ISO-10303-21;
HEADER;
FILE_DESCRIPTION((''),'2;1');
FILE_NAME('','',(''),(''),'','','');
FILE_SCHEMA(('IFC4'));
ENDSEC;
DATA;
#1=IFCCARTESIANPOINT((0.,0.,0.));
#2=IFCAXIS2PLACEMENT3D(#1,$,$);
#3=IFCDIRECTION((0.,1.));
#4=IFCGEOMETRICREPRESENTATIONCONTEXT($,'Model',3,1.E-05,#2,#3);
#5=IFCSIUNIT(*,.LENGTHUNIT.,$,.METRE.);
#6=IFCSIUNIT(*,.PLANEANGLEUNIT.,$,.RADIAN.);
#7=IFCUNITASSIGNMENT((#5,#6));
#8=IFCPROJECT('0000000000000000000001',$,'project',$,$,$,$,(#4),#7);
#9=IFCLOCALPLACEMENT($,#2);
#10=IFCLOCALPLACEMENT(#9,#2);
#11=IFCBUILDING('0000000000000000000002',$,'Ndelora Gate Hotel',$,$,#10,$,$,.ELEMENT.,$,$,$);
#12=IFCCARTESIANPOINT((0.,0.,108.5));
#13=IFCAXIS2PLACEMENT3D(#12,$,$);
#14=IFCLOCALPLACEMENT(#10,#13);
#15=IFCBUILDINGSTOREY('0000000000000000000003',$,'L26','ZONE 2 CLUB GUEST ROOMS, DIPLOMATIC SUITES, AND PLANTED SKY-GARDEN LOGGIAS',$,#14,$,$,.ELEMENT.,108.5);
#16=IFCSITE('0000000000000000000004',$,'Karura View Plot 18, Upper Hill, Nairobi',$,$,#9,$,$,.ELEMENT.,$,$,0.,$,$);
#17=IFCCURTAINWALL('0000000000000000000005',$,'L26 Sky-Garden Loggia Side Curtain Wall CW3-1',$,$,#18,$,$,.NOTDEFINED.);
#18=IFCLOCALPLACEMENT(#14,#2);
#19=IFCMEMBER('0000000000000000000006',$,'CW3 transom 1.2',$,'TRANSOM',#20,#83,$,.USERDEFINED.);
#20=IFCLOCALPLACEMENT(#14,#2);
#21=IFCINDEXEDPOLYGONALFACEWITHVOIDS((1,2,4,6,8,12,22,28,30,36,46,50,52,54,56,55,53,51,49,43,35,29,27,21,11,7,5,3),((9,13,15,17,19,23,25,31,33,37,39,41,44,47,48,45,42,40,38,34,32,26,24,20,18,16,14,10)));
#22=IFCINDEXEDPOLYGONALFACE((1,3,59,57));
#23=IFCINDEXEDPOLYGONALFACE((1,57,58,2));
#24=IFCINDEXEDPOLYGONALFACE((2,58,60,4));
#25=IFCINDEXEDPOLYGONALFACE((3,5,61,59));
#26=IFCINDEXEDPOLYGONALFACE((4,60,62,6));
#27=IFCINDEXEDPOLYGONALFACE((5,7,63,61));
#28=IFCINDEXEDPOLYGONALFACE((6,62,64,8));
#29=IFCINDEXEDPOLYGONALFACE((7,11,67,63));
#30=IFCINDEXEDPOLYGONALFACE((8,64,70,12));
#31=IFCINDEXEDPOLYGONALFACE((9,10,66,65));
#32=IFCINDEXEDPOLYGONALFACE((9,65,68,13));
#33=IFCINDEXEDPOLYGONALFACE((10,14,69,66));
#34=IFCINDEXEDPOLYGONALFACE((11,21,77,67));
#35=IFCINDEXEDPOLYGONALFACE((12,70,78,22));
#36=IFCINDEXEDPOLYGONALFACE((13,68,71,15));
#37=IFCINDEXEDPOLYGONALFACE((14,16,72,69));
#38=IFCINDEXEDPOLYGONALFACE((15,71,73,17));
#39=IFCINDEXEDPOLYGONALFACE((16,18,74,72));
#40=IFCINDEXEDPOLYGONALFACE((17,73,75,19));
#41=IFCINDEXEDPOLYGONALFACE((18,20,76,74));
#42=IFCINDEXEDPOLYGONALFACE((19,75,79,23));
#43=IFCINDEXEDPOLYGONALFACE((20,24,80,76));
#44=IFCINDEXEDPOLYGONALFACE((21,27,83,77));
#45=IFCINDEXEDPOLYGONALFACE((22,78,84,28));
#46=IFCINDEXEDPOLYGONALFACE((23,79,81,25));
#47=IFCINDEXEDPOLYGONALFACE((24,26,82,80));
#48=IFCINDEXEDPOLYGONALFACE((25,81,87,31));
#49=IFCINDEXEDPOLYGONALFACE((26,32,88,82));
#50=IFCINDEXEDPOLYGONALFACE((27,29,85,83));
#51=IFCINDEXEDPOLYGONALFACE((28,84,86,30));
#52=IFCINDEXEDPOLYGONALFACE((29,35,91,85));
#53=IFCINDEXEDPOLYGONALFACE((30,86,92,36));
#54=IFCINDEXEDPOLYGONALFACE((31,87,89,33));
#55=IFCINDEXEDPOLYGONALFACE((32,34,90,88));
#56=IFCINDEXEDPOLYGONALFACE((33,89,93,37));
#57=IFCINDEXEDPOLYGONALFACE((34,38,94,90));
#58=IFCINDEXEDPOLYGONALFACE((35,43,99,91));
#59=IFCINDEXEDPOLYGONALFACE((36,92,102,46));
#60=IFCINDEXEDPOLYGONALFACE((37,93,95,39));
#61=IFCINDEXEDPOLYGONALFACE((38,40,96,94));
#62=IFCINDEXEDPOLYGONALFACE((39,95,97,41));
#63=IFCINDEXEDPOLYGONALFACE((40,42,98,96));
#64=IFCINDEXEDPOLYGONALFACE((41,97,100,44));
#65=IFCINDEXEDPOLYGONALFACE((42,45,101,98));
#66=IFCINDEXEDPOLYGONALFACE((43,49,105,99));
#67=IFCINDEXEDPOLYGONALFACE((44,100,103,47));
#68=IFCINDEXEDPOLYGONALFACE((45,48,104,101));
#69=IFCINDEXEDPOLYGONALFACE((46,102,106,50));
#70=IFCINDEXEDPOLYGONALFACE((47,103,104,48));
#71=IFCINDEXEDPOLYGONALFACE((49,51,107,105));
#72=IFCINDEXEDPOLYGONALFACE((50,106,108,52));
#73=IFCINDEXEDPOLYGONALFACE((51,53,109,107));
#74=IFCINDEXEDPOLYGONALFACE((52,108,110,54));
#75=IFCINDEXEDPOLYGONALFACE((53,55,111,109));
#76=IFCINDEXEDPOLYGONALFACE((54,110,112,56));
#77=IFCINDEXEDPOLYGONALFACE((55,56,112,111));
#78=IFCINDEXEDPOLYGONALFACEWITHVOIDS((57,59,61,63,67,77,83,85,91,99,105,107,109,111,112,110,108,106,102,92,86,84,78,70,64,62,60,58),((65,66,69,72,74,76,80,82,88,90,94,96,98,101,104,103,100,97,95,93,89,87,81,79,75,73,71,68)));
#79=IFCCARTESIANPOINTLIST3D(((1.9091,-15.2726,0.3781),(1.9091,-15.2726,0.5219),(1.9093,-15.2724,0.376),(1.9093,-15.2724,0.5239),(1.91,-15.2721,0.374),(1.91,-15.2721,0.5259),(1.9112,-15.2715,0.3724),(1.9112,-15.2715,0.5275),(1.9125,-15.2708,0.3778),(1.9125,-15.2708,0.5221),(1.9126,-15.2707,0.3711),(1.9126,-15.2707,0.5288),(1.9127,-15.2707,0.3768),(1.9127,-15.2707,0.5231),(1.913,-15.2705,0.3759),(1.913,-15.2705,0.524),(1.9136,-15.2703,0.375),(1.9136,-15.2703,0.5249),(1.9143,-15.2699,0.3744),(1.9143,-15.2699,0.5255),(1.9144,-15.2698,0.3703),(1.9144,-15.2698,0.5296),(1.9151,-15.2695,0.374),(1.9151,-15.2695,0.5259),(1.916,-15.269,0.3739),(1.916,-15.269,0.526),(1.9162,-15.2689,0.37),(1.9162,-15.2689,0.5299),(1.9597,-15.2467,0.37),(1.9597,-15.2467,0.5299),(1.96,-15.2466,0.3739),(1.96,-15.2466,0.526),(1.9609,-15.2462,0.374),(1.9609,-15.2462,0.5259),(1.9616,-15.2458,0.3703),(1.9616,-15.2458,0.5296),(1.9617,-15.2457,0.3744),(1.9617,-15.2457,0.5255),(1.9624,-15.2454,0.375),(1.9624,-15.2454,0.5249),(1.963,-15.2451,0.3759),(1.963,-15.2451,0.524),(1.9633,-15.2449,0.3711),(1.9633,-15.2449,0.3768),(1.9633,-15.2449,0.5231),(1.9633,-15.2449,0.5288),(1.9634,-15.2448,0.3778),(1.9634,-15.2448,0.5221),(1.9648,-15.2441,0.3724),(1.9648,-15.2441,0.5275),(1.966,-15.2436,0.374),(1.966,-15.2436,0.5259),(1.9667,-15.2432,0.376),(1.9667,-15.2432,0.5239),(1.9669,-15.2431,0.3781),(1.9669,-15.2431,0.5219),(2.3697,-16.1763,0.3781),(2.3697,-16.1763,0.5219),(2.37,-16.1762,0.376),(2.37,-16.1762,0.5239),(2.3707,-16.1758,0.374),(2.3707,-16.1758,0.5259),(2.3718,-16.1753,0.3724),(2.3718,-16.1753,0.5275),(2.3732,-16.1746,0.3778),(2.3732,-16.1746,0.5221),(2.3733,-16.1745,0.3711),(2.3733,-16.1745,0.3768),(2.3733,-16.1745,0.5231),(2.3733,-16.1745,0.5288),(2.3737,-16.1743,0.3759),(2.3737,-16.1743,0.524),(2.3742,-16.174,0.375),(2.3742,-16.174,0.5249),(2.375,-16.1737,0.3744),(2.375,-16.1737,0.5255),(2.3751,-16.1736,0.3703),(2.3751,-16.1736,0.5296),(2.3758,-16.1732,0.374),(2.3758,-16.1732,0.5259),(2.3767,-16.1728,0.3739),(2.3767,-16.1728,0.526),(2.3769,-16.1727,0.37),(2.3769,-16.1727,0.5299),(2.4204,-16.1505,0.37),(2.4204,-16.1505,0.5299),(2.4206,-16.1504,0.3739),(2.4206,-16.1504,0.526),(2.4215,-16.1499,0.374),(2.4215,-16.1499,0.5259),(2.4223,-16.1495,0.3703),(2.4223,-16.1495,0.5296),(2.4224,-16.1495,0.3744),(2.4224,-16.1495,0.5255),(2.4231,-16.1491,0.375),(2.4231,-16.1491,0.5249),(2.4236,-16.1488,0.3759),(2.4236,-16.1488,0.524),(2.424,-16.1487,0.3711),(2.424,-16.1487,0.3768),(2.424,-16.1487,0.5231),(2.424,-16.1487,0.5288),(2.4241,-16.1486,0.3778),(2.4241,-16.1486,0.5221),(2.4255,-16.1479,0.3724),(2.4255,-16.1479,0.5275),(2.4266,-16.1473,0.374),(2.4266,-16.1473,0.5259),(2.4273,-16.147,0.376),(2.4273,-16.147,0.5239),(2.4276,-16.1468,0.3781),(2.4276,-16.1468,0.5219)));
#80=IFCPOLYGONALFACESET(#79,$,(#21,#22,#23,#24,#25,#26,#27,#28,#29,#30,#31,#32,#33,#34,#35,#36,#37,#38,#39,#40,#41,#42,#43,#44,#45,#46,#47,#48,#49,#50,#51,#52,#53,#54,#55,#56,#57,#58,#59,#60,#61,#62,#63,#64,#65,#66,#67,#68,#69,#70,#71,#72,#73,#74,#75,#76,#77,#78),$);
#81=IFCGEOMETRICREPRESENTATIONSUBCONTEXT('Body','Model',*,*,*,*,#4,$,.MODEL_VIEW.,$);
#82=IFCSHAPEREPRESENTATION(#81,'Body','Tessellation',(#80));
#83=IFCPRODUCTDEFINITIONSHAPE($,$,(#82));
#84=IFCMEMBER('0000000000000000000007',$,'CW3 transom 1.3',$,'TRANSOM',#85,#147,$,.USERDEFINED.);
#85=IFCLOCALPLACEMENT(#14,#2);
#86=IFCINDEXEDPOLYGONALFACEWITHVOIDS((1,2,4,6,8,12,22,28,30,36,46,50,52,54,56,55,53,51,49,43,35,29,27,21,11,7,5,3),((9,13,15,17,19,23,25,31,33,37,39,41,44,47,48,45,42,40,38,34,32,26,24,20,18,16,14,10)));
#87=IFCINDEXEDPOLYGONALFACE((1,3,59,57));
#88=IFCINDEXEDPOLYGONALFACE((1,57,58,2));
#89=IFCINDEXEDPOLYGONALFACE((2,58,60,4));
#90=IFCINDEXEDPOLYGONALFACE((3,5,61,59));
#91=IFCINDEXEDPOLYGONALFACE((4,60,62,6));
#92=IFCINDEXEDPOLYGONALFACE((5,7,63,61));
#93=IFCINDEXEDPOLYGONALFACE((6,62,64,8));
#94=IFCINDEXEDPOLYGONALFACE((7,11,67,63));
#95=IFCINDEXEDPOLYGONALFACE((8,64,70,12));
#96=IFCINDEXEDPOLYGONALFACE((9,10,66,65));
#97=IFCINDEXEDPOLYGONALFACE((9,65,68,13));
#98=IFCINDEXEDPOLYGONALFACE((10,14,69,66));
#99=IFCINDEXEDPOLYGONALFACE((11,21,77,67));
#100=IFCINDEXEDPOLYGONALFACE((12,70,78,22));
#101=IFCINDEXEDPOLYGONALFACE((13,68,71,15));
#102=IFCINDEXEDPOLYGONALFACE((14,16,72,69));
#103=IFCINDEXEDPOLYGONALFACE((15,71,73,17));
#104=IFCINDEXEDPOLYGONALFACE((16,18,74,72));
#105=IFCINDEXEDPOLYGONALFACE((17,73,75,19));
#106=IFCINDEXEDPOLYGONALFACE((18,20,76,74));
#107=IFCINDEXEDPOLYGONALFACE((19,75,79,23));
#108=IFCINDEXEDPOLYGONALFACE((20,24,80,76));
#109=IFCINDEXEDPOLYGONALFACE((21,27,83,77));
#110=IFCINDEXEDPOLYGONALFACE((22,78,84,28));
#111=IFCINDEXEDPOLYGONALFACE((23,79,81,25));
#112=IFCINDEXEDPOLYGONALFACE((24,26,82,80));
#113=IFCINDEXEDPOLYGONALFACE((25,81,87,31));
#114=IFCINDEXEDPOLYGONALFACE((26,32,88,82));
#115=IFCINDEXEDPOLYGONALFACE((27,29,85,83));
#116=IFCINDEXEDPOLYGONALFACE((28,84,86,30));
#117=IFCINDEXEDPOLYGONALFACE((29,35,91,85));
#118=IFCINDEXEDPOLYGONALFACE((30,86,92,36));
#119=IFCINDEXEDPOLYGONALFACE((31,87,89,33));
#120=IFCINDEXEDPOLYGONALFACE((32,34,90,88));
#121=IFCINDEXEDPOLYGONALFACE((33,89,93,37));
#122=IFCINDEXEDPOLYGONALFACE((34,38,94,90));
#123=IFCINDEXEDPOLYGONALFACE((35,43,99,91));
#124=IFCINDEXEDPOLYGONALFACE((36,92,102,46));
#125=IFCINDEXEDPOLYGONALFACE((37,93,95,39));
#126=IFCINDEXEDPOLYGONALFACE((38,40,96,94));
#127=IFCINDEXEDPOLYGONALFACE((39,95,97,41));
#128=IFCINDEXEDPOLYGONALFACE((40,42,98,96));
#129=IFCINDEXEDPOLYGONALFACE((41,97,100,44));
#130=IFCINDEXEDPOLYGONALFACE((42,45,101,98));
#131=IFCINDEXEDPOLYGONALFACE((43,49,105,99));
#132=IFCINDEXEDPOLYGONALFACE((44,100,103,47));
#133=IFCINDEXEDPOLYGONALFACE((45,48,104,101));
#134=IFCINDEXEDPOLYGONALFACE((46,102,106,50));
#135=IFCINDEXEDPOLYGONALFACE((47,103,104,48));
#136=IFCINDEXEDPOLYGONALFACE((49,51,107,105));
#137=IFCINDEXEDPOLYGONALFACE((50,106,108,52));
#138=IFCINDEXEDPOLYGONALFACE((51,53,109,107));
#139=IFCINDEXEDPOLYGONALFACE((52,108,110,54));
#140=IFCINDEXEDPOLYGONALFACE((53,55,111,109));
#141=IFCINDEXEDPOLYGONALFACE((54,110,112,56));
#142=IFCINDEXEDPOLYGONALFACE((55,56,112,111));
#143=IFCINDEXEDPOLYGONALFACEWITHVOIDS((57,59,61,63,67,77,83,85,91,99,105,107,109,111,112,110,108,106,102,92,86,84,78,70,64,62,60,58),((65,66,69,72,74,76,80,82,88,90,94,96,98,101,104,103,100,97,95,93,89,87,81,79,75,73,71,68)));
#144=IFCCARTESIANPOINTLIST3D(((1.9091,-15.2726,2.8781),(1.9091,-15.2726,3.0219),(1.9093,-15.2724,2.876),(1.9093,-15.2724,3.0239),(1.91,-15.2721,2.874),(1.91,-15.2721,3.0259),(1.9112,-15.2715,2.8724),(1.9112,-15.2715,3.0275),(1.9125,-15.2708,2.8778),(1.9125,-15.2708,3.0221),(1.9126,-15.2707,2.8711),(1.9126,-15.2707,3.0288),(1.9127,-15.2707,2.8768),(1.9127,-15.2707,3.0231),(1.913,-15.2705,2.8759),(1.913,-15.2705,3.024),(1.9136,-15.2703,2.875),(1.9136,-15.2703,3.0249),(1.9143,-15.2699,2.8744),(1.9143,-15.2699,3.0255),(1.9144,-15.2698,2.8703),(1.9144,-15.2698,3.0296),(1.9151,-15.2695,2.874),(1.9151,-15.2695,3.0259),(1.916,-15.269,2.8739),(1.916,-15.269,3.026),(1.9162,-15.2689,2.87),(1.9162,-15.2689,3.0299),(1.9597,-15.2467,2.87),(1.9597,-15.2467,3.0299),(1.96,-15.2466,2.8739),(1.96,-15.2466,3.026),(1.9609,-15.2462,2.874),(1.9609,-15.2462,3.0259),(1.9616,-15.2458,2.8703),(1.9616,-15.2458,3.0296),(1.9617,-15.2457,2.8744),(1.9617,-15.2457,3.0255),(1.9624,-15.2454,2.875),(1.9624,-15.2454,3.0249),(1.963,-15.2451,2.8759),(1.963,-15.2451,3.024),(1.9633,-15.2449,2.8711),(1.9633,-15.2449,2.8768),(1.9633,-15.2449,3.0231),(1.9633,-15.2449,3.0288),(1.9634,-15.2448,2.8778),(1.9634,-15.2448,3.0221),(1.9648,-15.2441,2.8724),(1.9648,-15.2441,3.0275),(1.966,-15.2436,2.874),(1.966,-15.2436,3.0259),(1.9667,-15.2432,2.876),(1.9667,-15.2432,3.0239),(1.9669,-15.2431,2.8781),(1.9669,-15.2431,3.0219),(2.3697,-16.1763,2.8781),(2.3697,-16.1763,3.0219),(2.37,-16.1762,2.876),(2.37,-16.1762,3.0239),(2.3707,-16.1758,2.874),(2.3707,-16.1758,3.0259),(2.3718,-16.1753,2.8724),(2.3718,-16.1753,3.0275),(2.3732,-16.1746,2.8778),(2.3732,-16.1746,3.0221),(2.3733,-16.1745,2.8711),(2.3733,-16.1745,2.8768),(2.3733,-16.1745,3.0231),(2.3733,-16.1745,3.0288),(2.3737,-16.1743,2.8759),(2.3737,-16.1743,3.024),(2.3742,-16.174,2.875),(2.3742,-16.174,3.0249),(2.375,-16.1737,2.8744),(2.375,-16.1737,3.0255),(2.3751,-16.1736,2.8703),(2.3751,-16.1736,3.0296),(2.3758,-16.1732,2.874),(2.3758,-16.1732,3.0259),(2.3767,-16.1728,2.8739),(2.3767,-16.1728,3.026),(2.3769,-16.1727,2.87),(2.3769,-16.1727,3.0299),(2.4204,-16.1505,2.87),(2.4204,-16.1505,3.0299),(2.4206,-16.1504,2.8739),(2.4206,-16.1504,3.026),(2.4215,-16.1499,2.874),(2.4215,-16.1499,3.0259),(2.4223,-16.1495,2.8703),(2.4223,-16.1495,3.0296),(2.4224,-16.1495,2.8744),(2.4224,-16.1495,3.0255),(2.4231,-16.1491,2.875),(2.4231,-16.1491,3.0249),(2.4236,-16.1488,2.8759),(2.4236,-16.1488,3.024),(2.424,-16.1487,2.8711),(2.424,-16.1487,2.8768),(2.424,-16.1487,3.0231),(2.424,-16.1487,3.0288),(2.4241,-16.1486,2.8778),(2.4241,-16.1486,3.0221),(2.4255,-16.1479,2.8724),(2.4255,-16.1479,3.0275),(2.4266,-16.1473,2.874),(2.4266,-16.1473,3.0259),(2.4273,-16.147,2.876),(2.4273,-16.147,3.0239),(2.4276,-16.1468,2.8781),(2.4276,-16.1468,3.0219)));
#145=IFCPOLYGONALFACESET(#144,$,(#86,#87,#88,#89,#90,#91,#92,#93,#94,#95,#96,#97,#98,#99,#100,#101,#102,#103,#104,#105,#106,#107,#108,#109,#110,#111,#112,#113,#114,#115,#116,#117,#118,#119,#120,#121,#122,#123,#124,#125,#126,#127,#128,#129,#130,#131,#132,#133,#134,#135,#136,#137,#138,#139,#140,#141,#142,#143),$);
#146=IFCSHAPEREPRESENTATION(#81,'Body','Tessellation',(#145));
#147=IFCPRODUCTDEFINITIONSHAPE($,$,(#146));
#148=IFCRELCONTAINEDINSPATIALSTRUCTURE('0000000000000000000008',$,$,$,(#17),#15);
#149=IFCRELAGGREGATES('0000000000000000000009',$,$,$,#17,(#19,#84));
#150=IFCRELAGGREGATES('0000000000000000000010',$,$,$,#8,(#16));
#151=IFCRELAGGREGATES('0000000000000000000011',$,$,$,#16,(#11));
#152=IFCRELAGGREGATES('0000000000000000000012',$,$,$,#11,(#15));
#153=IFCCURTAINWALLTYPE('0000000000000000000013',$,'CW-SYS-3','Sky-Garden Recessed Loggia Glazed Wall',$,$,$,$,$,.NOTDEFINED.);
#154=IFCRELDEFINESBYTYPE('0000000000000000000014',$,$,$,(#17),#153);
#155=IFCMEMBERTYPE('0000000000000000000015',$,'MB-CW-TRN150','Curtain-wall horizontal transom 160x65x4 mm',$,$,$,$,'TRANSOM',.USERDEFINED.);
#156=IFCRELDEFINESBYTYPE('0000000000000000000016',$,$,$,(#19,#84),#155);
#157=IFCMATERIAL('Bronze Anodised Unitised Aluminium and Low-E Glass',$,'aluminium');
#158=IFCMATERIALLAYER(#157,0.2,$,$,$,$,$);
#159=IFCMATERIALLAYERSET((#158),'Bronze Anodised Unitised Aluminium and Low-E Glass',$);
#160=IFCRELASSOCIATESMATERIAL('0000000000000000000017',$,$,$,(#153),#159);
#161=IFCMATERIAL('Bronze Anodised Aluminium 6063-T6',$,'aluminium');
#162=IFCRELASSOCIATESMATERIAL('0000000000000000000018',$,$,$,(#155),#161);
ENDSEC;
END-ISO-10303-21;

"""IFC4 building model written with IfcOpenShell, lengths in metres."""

from ifc_helpers import new_model, si_unit, direction, frame, origin, origin_2d, place, context, subcontext, project, spatial, hollow_rectangle, extrude, material, layer, layer_set, material_profile, profile_set, type_object, element, aggregate, save


model = new_model("IFC4")

# Units and contexts
model_context = context("Model", 3, precision=1e-05, world=origin(), true_north=direction((0.0, 1.0)))
body_context = subcontext(model_context, "Body", "Model", "MODEL_VIEW")
ifc_project = project(units=[si_unit("LENGTHUNIT", "METRE"), si_unit("PLANEANGLEUNIT", "RADIAN")], contexts=[model_context])

# Site, building, storey
site_placement = place(None, origin())
site = spatial("IfcSite", under=ifc_project, at=site_placement, Name="Karura View Plot 18, Upper Hill, Nairobi", CompositionType="ELEMENT", RefElevation=0.0)
building_placement = place(site_placement, origin())
building = spatial("IfcBuilding", under=site, at=building_placement, Name="Ndelora Gate Hotel", CompositionType="ELEMENT")
storey_placement = place(building_placement, frame((0.0, 0.0, 108.5)))
storey = spatial("IfcBuildingStorey", under=building, at=storey_placement, Name="L26", Description="ZONE 2 CLUB GUEST ROOMS, DIPLOMATIC SUITES, AND PLANTED SKY-GARDEN LOGGIAS", CompositionType="ELEMENT", Elevation=108.5)

# Curtain wall, members
ifc_material_1 = material(Name="Bronze Anodised Unitised Aluminium and Low-E Glass", Category="aluminium")
ifc_layer_1 = layer(ifc_material_1, 0.2)
ifc_layer_set_1 = layer_set([ifc_layer_1], Name="Bronze Anodised Unitised Aluminium and Low-E Glass")
curtain_wall_type = type_object("IfcCurtainWallType", Name="CW-SYS-3", Description="Sky-Garden Recessed Loggia Glazed Wall", PredefinedType="NOTDEFINED", material=ifc_layer_set_1)
curtain_wall_placement = place(storey_placement, origin())
curtain_wall = element("IfcCurtainWall", 1, at=curtain_wall_placement, inside=storey, type_object=curtain_wall_type, Name="L26 Sky-Garden Loggia Side Curtain Wall CW3-1", PredefinedType="NOTDEFINED")
ifc_material_2 = material(Name="Bronze Anodised Aluminium 6063-T6", Category="aluminium")
ifc_material_profile_1 = material_profile(ifc_material_2, hollow_rectangle(XDim=0.0649, YDim=0.1599, WallThickness=0.0039, InnerFilletRadius=0.0039, OuterFilletRadius=0.0081, at=origin_2d()), Name="ALU 160x65x4")
ifc_profile_set_1 = profile_set([ifc_material_profile_1], Name="Bronze Anodised Aluminium 6063-T6")
member_type_1 = type_object("IfcMemberType", Name="MB-CW-TRN150", Description="Curtain-wall horizontal transom 160x65x4 mm", ElementType="TRANSOM", PredefinedType="USERDEFINED", material=ifc_profile_set_1)
member_1_placement = place(storey_placement, frame((1.938, -15.2578, 0.45), z_axis=(0.454131, -0.890935, 0.0), x_axis=(0.890935, 0.454131, 0.0)))
member_1 = element("IfcMember", 2, at=member_1_placement, type_object=member_type_1, Name="CW3 transom 1.2", ObjectType="TRANSOM", PredefinedType="USERDEFINED", context=body_context, shape_type="SweptSolid", body=[
    extrude(hollow_rectangle(XDim=0.0649, YDim=0.1599, WallThickness=0.0039, InnerFilletRadius=0.0039, OuterFilletRadius=0.0081, at=origin_2d()), origin(), (0.0, 0.0, 1.0), 1.0144),
])
member_2_placement = place(storey_placement, frame((1.938, -15.2578, 2.95), z_axis=(0.454131, -0.890935, 0.0), x_axis=(0.890935, 0.454131, 0.0)))
member_2 = element("IfcMember", 3, at=member_2_placement, type_object=member_type_1, Name="CW3 transom 1.3", ObjectType="TRANSOM", PredefinedType="USERDEFINED", context=body_context, shape_type="SweptSolid", body=[
    extrude(hollow_rectangle(XDim=0.0649, YDim=0.1599, WallThickness=0.0039, InnerFilletRadius=0.0039, OuterFilletRadius=0.0081, at=origin_2d()), origin(), (0.0, 0.0, 1.0), 1.0144),
])
aggregate(curtain_wall, [member_1, member_2])

save(model, "model.ifc")
